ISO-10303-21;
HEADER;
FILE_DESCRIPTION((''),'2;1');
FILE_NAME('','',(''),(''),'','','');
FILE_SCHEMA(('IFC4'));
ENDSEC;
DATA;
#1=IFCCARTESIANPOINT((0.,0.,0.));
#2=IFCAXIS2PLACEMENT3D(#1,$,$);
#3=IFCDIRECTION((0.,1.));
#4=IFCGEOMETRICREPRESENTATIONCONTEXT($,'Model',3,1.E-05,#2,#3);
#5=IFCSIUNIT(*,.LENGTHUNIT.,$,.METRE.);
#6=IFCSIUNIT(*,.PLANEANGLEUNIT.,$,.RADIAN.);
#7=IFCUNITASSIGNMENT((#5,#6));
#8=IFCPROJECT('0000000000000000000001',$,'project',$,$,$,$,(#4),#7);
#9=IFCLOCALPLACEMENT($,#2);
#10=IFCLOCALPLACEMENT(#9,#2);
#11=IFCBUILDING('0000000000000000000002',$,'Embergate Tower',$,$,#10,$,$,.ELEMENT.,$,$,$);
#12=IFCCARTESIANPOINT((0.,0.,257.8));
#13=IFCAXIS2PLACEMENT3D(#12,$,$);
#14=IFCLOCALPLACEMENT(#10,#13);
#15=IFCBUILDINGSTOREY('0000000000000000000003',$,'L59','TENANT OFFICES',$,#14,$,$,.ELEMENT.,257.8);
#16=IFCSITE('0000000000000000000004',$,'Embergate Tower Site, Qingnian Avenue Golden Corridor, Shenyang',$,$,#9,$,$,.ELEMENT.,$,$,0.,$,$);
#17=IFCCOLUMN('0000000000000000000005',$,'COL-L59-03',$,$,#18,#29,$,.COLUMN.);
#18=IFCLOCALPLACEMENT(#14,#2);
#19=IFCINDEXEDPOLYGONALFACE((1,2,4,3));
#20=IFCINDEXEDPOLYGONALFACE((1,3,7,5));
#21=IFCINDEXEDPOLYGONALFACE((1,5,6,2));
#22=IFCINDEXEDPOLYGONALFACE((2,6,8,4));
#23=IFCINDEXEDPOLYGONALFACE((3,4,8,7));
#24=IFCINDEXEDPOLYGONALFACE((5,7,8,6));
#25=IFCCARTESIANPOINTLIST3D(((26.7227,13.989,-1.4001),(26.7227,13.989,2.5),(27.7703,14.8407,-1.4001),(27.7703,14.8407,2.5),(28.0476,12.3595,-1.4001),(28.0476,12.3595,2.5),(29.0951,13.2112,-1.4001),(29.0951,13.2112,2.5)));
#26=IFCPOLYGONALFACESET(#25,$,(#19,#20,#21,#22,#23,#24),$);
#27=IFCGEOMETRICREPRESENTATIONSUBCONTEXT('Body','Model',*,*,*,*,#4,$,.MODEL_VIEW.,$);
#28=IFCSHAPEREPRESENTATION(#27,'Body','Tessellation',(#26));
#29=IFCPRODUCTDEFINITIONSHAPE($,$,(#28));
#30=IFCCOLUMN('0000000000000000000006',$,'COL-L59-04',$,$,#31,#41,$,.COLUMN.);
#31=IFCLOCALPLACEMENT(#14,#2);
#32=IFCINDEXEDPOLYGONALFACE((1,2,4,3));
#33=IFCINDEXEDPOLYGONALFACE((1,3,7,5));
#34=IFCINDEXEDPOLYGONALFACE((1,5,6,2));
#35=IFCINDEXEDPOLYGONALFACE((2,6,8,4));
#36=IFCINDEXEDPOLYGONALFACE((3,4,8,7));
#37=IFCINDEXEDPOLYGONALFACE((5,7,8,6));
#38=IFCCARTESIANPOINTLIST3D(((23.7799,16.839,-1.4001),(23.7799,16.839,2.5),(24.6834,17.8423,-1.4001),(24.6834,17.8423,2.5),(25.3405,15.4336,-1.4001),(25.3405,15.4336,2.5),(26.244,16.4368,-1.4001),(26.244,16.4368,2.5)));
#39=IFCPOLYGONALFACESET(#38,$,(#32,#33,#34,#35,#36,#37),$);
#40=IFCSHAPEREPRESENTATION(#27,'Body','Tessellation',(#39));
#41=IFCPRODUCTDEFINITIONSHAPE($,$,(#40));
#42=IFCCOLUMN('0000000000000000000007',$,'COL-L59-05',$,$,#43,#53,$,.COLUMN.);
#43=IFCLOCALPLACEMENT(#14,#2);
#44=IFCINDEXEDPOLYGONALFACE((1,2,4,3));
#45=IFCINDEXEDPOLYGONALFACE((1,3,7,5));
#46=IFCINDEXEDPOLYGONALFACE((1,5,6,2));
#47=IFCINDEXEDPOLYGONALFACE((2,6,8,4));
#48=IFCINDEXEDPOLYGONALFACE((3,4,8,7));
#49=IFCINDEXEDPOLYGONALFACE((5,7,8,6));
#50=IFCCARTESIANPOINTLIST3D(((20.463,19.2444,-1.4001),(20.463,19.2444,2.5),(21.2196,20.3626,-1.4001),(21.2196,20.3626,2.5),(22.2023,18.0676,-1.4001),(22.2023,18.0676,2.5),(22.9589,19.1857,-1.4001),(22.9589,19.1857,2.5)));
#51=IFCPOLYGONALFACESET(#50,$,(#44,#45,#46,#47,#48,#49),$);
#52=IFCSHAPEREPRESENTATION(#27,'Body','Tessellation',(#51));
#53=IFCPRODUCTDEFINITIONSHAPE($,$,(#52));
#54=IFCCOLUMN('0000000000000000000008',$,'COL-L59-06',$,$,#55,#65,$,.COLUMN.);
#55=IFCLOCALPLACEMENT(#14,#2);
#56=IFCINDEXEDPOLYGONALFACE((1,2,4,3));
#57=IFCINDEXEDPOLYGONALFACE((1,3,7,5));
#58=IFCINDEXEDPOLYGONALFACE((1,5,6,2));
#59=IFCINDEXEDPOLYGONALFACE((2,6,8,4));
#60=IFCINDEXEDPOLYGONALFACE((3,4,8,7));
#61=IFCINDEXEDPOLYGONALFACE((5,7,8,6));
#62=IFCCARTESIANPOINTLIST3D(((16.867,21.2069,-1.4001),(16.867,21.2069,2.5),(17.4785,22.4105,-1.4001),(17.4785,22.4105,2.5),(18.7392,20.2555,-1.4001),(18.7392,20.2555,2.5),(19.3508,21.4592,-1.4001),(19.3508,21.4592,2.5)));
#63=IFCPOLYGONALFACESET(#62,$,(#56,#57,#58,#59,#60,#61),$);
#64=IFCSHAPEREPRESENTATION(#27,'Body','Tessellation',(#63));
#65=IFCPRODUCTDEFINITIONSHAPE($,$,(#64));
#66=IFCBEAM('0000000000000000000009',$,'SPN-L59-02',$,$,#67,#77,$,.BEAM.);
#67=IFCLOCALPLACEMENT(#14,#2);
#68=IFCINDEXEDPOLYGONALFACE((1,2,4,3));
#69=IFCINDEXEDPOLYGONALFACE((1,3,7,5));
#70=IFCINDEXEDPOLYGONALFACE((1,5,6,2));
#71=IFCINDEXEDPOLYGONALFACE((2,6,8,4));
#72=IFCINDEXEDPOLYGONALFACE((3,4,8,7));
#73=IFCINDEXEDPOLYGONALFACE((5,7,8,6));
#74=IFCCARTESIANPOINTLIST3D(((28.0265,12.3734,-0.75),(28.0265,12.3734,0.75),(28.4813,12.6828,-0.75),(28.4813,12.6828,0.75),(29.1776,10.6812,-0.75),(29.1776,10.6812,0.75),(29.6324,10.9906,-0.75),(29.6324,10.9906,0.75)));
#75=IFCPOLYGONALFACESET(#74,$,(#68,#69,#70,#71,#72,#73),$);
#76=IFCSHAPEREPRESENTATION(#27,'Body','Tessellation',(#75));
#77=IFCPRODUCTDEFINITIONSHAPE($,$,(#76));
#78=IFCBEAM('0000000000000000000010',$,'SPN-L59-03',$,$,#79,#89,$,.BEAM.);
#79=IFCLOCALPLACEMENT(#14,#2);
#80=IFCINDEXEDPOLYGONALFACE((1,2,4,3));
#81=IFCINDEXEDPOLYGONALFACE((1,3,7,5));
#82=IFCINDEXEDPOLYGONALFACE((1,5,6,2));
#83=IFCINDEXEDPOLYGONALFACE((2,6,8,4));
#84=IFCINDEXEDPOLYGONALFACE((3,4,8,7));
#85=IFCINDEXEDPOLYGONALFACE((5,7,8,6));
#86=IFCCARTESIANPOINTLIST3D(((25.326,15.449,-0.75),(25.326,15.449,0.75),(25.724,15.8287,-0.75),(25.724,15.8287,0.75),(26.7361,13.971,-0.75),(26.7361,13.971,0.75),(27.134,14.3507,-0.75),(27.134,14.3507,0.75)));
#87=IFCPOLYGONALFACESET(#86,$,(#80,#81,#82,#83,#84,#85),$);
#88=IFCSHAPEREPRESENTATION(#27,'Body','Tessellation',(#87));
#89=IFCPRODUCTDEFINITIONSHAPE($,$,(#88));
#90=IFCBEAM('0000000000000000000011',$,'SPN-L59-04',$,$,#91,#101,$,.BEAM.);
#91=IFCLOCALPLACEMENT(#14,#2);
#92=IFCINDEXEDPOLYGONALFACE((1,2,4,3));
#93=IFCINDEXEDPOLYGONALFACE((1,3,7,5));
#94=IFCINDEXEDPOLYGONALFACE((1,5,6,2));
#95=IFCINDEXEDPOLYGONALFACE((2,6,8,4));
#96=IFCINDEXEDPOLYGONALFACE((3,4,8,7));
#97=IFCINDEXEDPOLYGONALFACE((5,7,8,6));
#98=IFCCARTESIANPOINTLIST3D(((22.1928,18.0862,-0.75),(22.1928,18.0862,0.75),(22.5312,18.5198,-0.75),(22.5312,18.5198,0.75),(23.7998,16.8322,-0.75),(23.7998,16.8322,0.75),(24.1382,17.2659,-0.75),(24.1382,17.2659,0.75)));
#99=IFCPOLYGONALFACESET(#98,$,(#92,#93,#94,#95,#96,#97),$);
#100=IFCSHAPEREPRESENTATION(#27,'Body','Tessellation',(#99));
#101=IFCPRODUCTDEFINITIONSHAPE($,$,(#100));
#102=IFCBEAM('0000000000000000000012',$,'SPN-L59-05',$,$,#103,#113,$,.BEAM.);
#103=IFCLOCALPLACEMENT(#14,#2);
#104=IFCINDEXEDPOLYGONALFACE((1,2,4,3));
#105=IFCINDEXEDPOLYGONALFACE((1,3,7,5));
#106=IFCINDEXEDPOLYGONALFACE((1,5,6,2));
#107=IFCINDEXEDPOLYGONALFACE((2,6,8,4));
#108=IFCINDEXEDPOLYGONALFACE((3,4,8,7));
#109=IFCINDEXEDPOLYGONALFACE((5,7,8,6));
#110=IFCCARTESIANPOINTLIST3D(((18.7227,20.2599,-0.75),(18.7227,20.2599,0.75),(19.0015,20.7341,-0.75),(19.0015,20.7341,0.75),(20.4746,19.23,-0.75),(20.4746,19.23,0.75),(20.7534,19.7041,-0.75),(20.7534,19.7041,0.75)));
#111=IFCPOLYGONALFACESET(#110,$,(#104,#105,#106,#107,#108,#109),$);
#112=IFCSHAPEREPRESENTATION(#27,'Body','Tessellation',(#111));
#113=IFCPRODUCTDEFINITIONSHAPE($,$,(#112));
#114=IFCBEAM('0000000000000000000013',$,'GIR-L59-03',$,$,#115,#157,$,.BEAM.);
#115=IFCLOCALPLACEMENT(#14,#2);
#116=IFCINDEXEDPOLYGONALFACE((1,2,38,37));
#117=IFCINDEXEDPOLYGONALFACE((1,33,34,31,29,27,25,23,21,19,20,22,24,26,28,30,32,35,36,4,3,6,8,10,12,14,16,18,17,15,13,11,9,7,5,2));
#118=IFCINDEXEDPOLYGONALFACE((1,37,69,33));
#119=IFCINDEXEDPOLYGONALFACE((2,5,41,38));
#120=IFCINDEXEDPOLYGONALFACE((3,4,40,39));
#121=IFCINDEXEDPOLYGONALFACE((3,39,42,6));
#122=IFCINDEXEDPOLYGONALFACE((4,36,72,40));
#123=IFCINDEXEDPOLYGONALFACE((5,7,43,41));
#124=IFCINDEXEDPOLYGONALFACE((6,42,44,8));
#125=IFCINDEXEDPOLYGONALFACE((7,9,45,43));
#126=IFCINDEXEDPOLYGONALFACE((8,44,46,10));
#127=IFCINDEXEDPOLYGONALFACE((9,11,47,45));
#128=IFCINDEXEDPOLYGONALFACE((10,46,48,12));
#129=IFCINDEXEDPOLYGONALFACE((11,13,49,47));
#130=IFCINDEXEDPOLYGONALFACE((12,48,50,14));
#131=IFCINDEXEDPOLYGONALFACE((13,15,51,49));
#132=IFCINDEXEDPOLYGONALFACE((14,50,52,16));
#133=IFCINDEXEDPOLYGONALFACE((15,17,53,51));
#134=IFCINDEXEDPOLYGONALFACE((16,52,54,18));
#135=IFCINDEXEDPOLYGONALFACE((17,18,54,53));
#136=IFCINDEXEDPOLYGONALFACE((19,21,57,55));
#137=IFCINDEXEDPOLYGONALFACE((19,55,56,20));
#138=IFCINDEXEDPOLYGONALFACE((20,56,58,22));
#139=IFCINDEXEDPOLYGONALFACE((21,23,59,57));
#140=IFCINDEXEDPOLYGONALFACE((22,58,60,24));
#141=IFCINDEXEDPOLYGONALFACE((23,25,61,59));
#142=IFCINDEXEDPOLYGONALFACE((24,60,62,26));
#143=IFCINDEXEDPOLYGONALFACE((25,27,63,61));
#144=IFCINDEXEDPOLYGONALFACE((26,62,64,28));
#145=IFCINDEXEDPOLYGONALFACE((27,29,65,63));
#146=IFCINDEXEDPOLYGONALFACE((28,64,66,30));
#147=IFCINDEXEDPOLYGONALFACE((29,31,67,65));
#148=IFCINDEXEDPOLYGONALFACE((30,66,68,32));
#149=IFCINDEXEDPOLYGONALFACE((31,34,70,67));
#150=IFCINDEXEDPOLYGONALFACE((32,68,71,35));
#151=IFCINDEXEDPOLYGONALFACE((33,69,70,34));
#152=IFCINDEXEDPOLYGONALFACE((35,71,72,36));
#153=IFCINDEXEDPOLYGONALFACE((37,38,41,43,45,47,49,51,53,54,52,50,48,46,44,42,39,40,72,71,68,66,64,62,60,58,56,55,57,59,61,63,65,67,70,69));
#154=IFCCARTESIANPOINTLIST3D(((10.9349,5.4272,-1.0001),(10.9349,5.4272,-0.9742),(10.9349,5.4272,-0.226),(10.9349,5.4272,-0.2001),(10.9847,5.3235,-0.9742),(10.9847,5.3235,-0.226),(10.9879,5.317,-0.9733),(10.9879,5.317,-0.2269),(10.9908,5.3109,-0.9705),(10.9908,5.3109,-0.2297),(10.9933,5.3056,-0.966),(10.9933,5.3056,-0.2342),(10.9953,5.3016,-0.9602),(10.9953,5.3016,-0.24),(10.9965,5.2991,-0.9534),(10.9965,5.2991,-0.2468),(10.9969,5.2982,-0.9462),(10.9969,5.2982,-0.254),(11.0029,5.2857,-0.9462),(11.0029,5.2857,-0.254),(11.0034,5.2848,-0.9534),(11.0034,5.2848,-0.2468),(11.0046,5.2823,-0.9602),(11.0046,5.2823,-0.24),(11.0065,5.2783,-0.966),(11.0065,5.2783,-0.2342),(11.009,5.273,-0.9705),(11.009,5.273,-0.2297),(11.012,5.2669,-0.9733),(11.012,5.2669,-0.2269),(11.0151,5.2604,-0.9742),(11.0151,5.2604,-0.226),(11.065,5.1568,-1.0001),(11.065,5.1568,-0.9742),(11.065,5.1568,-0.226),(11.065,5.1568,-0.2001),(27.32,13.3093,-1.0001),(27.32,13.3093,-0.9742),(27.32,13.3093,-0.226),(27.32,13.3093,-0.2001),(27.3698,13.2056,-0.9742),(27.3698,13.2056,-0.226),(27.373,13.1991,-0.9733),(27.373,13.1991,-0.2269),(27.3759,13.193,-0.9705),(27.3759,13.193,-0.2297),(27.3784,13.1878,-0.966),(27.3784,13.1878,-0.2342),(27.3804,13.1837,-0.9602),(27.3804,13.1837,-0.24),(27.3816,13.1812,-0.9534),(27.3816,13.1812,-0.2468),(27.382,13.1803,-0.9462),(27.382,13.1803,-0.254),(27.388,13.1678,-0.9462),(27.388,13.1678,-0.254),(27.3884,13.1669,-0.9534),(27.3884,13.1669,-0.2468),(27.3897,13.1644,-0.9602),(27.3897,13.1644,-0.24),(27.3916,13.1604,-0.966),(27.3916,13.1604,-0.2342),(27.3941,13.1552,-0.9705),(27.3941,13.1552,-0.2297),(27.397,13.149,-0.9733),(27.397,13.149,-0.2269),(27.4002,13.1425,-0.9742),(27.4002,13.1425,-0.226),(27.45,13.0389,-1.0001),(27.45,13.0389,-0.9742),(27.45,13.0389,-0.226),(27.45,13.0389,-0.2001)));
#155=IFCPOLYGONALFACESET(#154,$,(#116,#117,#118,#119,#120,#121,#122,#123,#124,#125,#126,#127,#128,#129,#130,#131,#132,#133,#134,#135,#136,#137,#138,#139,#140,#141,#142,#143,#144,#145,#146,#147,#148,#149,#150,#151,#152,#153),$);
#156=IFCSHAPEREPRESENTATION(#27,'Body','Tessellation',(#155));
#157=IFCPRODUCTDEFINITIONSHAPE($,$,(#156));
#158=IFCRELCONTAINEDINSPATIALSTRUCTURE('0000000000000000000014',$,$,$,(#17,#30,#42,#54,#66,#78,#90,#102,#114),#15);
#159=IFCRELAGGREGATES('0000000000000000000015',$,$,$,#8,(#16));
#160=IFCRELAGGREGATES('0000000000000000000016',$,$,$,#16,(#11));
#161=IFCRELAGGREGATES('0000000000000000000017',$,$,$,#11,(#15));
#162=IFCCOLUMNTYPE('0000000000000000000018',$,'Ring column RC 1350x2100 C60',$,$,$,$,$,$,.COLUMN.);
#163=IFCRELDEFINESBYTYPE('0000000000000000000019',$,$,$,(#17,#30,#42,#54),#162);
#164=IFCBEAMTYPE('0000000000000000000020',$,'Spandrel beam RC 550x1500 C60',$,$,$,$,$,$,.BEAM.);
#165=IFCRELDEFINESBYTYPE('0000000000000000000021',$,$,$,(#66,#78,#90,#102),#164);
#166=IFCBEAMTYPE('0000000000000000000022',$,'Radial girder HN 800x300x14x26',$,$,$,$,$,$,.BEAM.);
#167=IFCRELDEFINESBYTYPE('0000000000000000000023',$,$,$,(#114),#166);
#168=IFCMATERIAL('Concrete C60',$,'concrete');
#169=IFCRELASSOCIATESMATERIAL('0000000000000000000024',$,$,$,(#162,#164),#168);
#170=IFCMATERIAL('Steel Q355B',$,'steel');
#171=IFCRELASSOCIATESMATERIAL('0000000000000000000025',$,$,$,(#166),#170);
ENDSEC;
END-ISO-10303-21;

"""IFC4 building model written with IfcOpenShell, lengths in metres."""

from ifc_helpers import new_model, si_unit, direction, frame, origin, origin_2d, place, context, subcontext, project, spatial, rectangle, i_section, extrude, source, transform, mapped, material, material_profile, profile_set, type_object, element, save


model = new_model("IFC4")

# Units and contexts
model_context = context("Model", 3, precision=1e-05, world=origin(), true_north=direction((0.0, 1.0)))
body_context = subcontext(model_context, "Body", "Model", "MODEL_VIEW")
ifc_project = project(units=[si_unit("LENGTHUNIT", "METRE"), si_unit("PLANEANGLEUNIT", "RADIAN")], contexts=[model_context])

# Site, building, storey
site_placement = place(None, origin())
site = spatial("IfcSite", under=ifc_project, at=site_placement, Name="Embergate Tower Site, Qingnian Avenue Golden Corridor, Shenyang", CompositionType="ELEMENT", RefElevation=0.0)
building_placement = place(site_placement, origin())
building = spatial("IfcBuilding", under=site, at=building_placement, Name="Embergate Tower", CompositionType="ELEMENT")
storey_placement = place(building_placement, frame((0.0, 0.0, 257.8)))
storey = spatial("IfcBuildingStorey", under=building, at=storey_placement, Name="L59", Description="TENANT OFFICES", CompositionType="ELEMENT", Elevation=257.8)

# Columns
ifc_material_1 = material(Name="Concrete C60", Category="concrete")
ifc_material_profile_1 = material_profile(ifc_material_1, rectangle(XDim=1.3501, YDim=2.1001, at=origin_2d()), Name="RC 1350x2100")
ifc_profile_set_1 = profile_set([ifc_material_profile_1], Name="Concrete C60")
column_type = type_object("IfcColumnType", Name="Ring column RC 1350x2100 C60", PredefinedType="COLUMN", material=ifc_profile_set_1)
shared_shape_1 = source(origin(), body_context, "Body", "SweptSolid", [
    extrude(rectangle(XDim=1.3501, YDim=2.1001, at=origin_2d()), origin(), (0.0, 0.0, 1.0), 3.9001),
])
for number, where, z_axis, x_axis, name in (
    (1, (27.9089, 13.6001, -1.4001), (0.0, 0.0, 1.0), (0.775914, 0.630838, 0.0), "COL-L59-03"),
    (2, (25.012, 16.6379, -1.4001), (0.0, 0.0, 1.0), (0.669208, 0.743075, 0.0), "COL-L59-04"),
    (3, (21.7109, 19.2151, -1.4001), (0.0, 0.0, 1.0), (0.560393, 0.828227, 0.0), "COL-L59-05"),
    (4, (18.1089, 21.333, -1.4001), (0.0, 0.0, 1.0), (0.452995, 0.891513, 0.0), "COL-L59-06"),
):
    element("IfcColumn", number, at=place(storey_placement, frame(where, z_axis=z_axis, x_axis=x_axis)), inside=storey, type_object=column_type, Name=name, PredefinedType="COLUMN", context=body_context, shape_type="MappedRepresentation", body=[
        mapped(shared_shape_1, transform((0.0, 0.0, 0.0))),
    ])

# Beams
ifc_material_profile_2 = material_profile(ifc_material_1, rectangle(XDim=0.55, YDim=1.5, at=origin_2d()), Name="RC 550x1500")
ifc_profile_set_2 = profile_set([ifc_material_profile_2], Name="Concrete C60")
beam_type_1 = type_object("IfcBeamType", Name="Spandrel beam RC 550x1500 C60", PredefinedType="BEAM", material=ifc_profile_set_2)
shared_shape_2 = source(origin(), body_context, "Body", "SweptSolid", [
    extrude(rectangle(XDim=0.55, YDim=1.5, at=origin_2d()), origin(), (0.0, 0.0, 1.0), 2.0466),
])
beam_1_placement = place(storey_placement, frame((29.405, 10.8359, 0.0), z_axis=(-0.562467, 0.82682, 0.0), x_axis=(-0.82682, -0.562467, 0.0)))
element("IfcBeam", 5, at=beam_1_placement, inside=storey, type_object=beam_type_1, Name="SPN-L59-02", PredefinedType="BEAM", context=body_context, shape_type="MappedRepresentation", body=[
    mapped(shared_shape_2, transform((0.0, 0.0, 0.0))),
])
shared_shape_3 = source(origin(), body_context, "Body", "SweptSolid", [
    extrude(rectangle(XDim=0.55, YDim=1.5, at=origin_2d()), origin(), (0.0, 0.0, 1.0), 2.0427),
])
beam_2_placement = place(storey_placement, frame((26.9351, 14.1609, 0.0), z_axis=(-0.690299, 0.723524, 0.0), x_axis=(-0.723524, -0.690299, 0.0)))
element("IfcBeam", 6, at=beam_2_placement, inside=storey, type_object=beam_type_1, Name="SPN-L59-03", PredefinedType="BEAM", context=body_context, shape_type="MappedRepresentation", body=[
    mapped(shared_shape_3, transform((0.0, 0.0, 0.0))),
])
shared_shape_4 = source(origin(), body_context, "Body", "SweptSolid", [
    extrude(rectangle(XDim=0.55, YDim=1.5, at=origin_2d()), origin(), (0.0, 0.0, 1.0), 2.0383),
])
beam_3_placement = place(storey_placement, frame((23.969, 17.0491, 0.0), z_axis=(-0.788384, 0.615184, 0.0), x_axis=(-0.615184, -0.788384, 0.0)))
element("IfcBeam", 7, at=beam_3_placement, inside=storey, type_object=beam_type_1, Name="SPN-L59-04", PredefinedType="BEAM", context=body_context, shape_type="MappedRepresentation", body=[
    mapped(shared_shape_4, transform((0.0, 0.0, 0.0))),
])
shared_shape_5 = source(origin(), body_context, "Body", "SweptSolid", [
    extrude(rectangle(XDim=0.55, YDim=1.5, at=origin_2d()), origin(), (0.0, 0.0, 1.0), 2.0322),
])
beam_4_placement = place(storey_placement, frame((20.614, 19.467, 0.0), z_axis=(-0.862048, 0.506826, 0.0), x_axis=(-0.506826, -0.862048, 0.0)))
element("IfcBeam", 8, at=beam_4_placement, inside=storey, type_object=beam_type_1, Name="SPN-L59-05", PredefinedType="BEAM", context=body_context, shape_type="MappedRepresentation", body=[
    mapped(shared_shape_5, transform((0.0, 0.0, 0.0))),
])
ifc_material_2 = material(Name="Steel Q355B", Category="steel")
ifc_material_profile_3 = material_profile(ifc_material_2, i_section(OverallWidth=0.3, OverallDepth=0.8, WebThickness=0.0139, FlangeThickness=0.0259, FilletRadius=0.0281, at=origin_2d()), Name="HN 800x300x14x26")
ifc_profile_set_3 = profile_set([ifc_material_profile_3], Name="Steel Q355 grade B")
beam_type_2 = type_object("IfcBeamType", Name="Radial girder HN 800x300x14x26", PredefinedType="BEAM", material=ifc_profile_set_3)
shared_shape_6 = source(origin(), body_context, "Body", "SweptSolid", [
    extrude(i_section(OverallWidth=0.3, OverallDepth=0.8, WebThickness=0.0139, FlangeThickness=0.0259, FilletRadius=0.0281, at=origin_2d()), origin(), (0.0, 0.0, 1.0), 18.1824),
])
beam_5_placement = place(storey_placement, frame((27.385, 13.1741, -0.6001), z_axis=(-0.901152, -0.433503, 0.0), x_axis=(0.433503, -0.901152, 0.0)))
element("IfcBeam", 9, at=beam_5_placement, inside=storey, type_object=beam_type_2, Name="GIR-L59-03", PredefinedType="BEAM", context=body_context, shape_type="MappedRepresentation", body=[
    mapped(shared_shape_6, transform((0.0, 0.0, 0.0))),
])

save(model, "model.ifc")
